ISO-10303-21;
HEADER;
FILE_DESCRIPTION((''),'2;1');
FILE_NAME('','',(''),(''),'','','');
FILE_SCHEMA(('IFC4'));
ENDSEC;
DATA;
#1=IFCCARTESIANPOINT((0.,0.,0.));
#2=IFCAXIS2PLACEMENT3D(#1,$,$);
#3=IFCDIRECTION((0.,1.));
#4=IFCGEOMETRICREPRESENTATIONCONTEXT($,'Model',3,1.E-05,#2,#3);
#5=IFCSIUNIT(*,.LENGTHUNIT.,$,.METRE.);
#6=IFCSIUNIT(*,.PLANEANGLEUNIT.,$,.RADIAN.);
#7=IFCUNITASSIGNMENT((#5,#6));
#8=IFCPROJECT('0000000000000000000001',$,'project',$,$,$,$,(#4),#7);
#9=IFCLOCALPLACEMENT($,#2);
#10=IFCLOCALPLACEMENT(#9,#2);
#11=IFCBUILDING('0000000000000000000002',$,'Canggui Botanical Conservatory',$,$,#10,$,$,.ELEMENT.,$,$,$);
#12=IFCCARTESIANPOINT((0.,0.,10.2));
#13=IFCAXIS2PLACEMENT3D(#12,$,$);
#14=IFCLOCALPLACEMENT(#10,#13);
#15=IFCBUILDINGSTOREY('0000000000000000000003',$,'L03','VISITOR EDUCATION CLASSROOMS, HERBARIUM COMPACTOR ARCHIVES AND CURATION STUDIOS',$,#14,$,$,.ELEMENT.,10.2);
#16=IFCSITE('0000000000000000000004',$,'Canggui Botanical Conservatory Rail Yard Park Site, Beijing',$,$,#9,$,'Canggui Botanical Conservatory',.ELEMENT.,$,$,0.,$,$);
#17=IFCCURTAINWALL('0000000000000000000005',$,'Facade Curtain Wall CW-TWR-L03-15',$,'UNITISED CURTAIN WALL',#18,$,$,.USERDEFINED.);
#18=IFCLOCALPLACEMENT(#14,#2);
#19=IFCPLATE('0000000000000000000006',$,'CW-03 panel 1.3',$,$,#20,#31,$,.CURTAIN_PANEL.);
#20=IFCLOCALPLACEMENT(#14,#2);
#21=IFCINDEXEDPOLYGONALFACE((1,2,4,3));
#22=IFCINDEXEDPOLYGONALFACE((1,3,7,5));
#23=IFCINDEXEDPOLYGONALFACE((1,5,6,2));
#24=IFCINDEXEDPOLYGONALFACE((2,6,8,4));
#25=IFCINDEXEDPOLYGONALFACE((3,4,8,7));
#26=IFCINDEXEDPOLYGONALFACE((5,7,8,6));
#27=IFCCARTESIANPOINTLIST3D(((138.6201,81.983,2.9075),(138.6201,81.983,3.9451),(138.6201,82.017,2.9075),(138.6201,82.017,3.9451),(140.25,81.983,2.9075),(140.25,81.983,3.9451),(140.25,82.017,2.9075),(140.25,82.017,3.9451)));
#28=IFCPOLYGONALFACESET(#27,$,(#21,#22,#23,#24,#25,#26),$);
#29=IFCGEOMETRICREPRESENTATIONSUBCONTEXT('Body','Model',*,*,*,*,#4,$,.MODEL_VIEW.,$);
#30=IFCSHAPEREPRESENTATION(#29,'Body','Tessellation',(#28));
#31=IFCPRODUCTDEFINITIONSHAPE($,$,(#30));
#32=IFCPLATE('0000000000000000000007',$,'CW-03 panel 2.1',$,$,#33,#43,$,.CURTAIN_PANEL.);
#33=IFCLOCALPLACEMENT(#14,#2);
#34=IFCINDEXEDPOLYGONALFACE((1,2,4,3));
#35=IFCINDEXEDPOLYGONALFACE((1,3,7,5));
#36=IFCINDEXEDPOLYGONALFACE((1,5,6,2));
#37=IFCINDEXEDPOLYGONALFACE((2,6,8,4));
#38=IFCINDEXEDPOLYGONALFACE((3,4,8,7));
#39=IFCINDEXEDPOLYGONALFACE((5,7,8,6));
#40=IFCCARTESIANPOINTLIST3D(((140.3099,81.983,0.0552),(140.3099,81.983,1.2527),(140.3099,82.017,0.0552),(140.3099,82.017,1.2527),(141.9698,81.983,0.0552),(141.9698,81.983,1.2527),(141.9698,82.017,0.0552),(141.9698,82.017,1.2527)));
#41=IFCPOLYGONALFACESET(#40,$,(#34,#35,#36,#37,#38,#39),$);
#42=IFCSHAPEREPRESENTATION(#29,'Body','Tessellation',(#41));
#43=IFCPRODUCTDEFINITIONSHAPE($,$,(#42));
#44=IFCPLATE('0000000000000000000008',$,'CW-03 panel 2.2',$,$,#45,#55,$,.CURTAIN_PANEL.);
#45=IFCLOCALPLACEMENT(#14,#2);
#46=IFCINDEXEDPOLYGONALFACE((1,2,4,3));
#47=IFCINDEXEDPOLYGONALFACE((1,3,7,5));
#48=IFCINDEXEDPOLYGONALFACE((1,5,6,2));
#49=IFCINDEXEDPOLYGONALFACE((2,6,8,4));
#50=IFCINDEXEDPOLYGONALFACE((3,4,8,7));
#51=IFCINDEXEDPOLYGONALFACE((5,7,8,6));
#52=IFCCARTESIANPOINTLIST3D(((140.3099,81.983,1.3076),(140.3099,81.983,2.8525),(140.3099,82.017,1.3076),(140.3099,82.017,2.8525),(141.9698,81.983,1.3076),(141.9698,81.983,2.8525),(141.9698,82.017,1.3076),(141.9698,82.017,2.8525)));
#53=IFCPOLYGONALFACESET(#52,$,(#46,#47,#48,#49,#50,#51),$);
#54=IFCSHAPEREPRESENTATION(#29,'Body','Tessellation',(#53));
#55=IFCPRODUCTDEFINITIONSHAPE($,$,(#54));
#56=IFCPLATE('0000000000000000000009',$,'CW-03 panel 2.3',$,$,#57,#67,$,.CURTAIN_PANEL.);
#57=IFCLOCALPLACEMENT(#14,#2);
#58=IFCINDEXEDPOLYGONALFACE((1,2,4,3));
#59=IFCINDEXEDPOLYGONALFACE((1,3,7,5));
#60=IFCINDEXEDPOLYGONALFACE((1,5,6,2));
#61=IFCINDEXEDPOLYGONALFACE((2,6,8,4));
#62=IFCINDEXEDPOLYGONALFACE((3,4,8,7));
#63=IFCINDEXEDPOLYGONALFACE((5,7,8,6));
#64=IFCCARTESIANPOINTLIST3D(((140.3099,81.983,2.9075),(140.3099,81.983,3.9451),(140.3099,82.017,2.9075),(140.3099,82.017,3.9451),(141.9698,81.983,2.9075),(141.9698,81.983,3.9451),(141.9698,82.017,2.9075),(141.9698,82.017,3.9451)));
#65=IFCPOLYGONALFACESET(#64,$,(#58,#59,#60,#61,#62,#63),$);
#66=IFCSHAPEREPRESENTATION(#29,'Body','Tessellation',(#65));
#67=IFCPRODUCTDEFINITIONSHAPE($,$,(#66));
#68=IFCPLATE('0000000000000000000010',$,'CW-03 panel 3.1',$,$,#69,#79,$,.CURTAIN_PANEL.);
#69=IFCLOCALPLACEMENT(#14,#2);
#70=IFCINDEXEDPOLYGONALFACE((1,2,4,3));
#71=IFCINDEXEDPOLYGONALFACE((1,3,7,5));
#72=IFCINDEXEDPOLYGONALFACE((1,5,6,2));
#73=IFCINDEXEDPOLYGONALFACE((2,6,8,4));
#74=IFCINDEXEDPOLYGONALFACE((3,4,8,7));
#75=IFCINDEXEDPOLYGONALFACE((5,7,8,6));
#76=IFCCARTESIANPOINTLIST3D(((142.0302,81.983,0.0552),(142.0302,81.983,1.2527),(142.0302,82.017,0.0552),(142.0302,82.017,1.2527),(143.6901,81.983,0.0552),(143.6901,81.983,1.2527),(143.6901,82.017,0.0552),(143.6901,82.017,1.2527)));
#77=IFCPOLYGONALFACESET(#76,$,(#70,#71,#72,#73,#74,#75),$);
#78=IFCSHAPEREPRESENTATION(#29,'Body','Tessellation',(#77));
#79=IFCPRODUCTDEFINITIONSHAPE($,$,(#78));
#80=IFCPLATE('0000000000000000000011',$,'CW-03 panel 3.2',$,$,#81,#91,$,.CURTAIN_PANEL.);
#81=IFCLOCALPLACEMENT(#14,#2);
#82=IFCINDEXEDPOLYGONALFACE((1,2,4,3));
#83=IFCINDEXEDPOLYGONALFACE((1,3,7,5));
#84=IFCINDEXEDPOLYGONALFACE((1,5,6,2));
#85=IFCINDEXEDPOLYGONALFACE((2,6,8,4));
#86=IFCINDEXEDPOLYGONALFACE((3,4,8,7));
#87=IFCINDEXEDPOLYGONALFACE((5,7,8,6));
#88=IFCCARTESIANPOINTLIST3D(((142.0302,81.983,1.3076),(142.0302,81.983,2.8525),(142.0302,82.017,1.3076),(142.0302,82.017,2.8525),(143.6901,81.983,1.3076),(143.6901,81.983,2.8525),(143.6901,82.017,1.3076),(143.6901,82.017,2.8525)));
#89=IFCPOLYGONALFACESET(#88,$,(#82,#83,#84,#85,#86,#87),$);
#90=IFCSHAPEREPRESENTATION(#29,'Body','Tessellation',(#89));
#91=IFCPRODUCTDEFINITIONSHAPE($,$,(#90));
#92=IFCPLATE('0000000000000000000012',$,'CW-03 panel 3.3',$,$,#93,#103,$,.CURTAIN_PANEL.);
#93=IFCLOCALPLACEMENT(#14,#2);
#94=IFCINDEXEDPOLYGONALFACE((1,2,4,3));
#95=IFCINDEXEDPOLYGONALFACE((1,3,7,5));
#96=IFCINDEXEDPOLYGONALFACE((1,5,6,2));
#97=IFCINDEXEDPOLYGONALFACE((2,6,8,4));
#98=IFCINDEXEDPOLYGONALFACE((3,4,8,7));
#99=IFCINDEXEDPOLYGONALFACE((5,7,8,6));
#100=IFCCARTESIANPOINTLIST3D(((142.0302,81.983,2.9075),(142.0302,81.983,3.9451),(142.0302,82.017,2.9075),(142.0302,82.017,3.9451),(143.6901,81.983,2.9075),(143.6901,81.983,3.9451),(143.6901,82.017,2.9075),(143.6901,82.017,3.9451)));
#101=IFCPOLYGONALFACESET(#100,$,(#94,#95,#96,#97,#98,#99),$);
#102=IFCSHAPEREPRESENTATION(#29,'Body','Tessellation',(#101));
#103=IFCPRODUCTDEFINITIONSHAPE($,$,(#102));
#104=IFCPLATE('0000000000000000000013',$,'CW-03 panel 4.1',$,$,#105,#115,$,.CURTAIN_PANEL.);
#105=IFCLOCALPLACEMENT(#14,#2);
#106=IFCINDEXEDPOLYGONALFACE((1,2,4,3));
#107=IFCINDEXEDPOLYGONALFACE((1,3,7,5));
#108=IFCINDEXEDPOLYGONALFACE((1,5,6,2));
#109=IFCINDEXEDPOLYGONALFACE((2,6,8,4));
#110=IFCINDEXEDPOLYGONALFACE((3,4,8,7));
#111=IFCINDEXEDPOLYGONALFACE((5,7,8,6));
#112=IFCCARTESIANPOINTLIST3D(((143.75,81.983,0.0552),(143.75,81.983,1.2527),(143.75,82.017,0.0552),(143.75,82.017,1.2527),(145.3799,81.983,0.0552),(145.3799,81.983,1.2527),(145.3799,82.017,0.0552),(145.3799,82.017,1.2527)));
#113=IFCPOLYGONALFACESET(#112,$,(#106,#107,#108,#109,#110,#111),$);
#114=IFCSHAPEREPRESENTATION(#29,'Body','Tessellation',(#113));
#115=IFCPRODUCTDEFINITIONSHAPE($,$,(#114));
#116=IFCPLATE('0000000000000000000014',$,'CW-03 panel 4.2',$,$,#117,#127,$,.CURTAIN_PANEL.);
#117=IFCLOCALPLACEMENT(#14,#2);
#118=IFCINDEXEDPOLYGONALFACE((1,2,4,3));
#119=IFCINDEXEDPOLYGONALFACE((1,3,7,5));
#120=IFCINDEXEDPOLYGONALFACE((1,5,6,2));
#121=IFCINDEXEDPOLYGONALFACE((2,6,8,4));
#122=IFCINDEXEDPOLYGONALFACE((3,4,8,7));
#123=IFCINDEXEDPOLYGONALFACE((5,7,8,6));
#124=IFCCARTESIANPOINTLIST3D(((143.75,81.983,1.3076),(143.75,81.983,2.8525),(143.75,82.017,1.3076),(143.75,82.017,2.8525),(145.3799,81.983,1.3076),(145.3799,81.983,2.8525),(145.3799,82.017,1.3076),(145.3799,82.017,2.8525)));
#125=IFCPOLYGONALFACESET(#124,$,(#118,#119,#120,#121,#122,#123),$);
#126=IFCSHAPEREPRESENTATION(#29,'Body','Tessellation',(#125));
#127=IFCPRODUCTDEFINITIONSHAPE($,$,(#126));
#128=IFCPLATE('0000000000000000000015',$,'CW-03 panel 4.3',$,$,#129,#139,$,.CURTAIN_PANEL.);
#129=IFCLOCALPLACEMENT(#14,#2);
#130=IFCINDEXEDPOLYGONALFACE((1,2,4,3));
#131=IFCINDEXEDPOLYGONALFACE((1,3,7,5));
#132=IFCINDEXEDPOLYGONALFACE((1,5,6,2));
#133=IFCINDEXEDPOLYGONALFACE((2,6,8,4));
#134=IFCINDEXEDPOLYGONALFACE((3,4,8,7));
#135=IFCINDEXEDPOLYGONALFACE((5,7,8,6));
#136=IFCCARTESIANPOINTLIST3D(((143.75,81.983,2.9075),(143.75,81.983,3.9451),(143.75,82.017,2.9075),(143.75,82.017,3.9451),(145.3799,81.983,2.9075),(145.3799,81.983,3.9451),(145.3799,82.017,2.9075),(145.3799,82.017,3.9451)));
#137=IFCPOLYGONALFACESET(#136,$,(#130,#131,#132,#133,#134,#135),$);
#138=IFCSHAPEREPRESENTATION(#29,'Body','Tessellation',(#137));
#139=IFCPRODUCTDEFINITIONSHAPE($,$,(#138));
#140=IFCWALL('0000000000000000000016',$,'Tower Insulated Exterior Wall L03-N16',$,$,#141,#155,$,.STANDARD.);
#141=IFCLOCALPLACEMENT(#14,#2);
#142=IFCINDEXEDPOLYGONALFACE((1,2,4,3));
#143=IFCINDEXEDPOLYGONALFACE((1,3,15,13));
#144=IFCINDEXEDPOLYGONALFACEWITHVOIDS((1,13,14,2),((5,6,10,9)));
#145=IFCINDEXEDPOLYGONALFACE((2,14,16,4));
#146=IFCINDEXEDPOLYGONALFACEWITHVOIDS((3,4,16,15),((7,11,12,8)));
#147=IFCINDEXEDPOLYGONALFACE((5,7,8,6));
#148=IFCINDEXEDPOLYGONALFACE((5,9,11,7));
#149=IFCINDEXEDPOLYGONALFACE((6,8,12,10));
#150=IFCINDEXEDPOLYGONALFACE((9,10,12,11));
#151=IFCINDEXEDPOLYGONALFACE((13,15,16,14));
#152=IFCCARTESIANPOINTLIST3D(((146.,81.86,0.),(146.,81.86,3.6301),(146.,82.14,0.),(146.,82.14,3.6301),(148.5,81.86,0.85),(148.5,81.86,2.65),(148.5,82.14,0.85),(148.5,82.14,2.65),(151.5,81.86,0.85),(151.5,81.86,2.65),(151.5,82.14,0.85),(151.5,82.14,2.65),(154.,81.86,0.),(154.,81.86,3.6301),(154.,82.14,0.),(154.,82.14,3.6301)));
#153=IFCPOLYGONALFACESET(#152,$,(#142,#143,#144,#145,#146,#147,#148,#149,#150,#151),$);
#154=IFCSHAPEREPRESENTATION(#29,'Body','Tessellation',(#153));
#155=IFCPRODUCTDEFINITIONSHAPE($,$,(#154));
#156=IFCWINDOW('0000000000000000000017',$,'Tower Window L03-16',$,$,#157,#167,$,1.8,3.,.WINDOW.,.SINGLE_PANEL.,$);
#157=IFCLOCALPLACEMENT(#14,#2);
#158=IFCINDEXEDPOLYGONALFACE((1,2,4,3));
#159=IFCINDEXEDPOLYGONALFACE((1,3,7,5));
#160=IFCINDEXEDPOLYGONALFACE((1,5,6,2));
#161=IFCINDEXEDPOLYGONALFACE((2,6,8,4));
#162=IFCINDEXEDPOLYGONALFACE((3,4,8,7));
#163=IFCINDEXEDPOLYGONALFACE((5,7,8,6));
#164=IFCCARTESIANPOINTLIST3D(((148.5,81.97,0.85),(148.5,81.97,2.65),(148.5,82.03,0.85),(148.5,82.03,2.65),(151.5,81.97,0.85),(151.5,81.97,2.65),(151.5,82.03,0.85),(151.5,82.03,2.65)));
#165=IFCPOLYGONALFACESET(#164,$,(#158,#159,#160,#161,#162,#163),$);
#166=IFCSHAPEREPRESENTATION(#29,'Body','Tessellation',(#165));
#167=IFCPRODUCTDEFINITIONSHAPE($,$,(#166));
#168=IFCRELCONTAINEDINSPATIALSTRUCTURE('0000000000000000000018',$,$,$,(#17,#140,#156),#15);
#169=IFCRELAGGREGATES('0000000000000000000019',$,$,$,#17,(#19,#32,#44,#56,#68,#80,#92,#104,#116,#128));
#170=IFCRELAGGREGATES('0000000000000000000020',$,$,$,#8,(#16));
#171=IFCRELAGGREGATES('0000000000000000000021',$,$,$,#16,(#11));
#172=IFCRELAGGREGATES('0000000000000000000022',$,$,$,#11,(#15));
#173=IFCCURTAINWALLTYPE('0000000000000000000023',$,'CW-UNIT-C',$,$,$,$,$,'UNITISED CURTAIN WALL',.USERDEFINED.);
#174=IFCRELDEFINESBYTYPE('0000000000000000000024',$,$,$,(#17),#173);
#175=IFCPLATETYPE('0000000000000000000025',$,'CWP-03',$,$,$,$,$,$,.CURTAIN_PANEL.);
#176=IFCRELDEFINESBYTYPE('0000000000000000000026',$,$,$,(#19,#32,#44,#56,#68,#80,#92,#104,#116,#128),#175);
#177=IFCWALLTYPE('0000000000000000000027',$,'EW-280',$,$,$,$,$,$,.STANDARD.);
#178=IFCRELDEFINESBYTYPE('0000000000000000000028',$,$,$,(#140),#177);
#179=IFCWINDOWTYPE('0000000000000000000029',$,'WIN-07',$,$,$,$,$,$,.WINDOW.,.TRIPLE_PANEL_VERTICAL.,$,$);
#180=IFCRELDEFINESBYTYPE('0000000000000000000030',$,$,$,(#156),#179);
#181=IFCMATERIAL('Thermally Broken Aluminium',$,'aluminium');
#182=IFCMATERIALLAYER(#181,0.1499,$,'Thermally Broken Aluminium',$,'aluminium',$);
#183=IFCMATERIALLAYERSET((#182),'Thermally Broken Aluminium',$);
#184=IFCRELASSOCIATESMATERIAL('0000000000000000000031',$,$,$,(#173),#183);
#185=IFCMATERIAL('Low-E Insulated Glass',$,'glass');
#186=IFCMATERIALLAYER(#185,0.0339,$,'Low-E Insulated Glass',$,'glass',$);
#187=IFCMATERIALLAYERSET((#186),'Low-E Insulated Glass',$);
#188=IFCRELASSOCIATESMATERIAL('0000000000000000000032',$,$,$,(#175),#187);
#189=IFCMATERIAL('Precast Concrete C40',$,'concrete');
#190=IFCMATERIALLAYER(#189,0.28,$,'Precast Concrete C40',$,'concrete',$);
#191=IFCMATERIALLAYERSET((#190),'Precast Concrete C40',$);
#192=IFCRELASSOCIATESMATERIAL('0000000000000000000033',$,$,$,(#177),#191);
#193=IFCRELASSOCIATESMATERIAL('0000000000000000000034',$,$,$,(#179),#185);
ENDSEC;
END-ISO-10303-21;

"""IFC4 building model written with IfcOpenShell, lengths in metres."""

from ifc_helpers import new_model, si_unit, direction, frame, frame_2d, origin, origin_2d, place, context, subcontext, project, spatial, rectangle, extrude, material, layer, layer_set, type_object, element, fill, aggregate, save


model = new_model("IFC4")

# Units and contexts
model_context = context("Model", 3, precision=1e-05, world=origin(), true_north=direction((0.0, 1.0)))
body_context = subcontext(model_context, "Body", "Model", "MODEL_VIEW")
ifc_project = project(units=[si_unit("LENGTHUNIT", "METRE"), si_unit("PLANEANGLEUNIT", "RADIAN")], contexts=[model_context])

# Site, building, storey
site_placement = place(None, origin())
site = spatial("IfcSite", under=ifc_project, at=site_placement, Name="Canggui Botanical Conservatory Rail Yard Park Site, Beijing", LongName="Canggui Botanical Conservatory", CompositionType="ELEMENT", RefElevation=0.0)
building_placement = place(site_placement, origin())
building = spatial("IfcBuilding", under=site, at=building_placement, Name="Canggui Botanical Conservatory", CompositionType="ELEMENT")
storey_placement = place(building_placement, frame((0.0, 0.0, 10.2)))
storey = spatial("IfcBuildingStorey", under=building, at=storey_placement, Name="L03", Description="VISITOR EDUCATION CLASSROOMS, HERBARIUM COMPACTOR ARCHIVES AND CURATION STUDIOS", CompositionType="ELEMENT", Elevation=10.2)

# Curtain wall, plates
ifc_material_1 = material(Name="Thermally Broken Aluminium", Category="aluminium")
ifc_layer_1 = layer(ifc_material_1, 0.1499, Name="Thermally Broken Aluminium", Category="aluminium")
ifc_layer_set_1 = layer_set([ifc_layer_1], Name="Thermally Broken Aluminium")
curtain_wall_type = type_object("IfcCurtainWallType", Name="CW-UNIT-C", ElementType="UNITISED CURTAIN WALL", PredefinedType="USERDEFINED", material=ifc_layer_set_1)
curtain_wall_placement = place(storey_placement, origin())
curtain_wall = element("IfcCurtainWall", 1, at=curtain_wall_placement, inside=storey, type_object=curtain_wall_type, Name="Facade Curtain Wall CW-TWR-L03-15", ObjectType="UNITISED CURTAIN WALL", PredefinedType="USERDEFINED")
ifc_material_2 = material(Name="Low-E Insulated Glass", Category="glass")
ifc_layer_2 = layer(ifc_material_2, 0.0339, Name="Low-E Insulated Glass", Category="glass")
ifc_layer_set_2 = layer_set([ifc_layer_2], Name="Low-E Insulated Glass")
plate_type = type_object("IfcPlateType", Name="CWP-03", PredefinedType="CURTAIN_PANEL", material=ifc_layer_set_2)
plate_1_placement = place(storey_placement, frame((139.4351, 82.0, 2.9075), z_axis=(0.0, 0.0, 1.0), x_axis=(1.0, 0.0, 0.0)))
plate_1 = element("IfcPlate", 2, at=plate_1_placement, type_object=plate_type, Name="CW-03 panel 1.3", PredefinedType="CURTAIN_PANEL", context=body_context, shape_type="SweptSolid", body=[
    extrude(rectangle(XDim=1.6299, YDim=0.0339, at=origin_2d()), origin(), (0.0, 0.0, 1.0), 1.0376),
])
plate_2_placement = place(storey_placement, frame((141.1399, 82.0, 0.0552), z_axis=(0.0, 0.0, 1.0), x_axis=(1.0, 0.0, 0.0)))
plate_2 = element("IfcPlate", 3, at=plate_2_placement, type_object=plate_type, Name="CW-03 panel 2.1", PredefinedType="CURTAIN_PANEL", context=body_context, shape_type="SweptSolid", body=[
    extrude(rectangle(XDim=1.6599, YDim=0.0339, at=origin_2d()), origin(), (0.0, 0.0, 1.0), 1.1975),
])
plate_3_placement = place(storey_placement, frame((141.1399, 82.0, 1.3076), z_axis=(0.0, 0.0, 1.0), x_axis=(1.0, 0.0, 0.0)))
plate_3 = element("IfcPlate", 4, at=plate_3_placement, type_object=plate_type, Name="CW-03 panel 2.2", PredefinedType="CURTAIN_PANEL", context=body_context, shape_type="SweptSolid", body=[
    extrude(rectangle(XDim=1.6599, YDim=0.0339, at=origin_2d()), origin(), (0.0, 0.0, 1.0), 1.5449),
])
plate_4_placement = place(storey_placement, frame((141.1399, 82.0, 2.9075), z_axis=(0.0, 0.0, 1.0), x_axis=(1.0, 0.0, 0.0)))
plate_4 = element("IfcPlate", 5, at=plate_4_placement, type_object=plate_type, Name="CW-03 panel 2.3", PredefinedType="CURTAIN_PANEL", context=body_context, shape_type="SweptSolid", body=[
    extrude(rectangle(XDim=1.6599, YDim=0.0339, at=origin_2d()), origin(), (0.0, 0.0, 1.0), 1.0376),
])
plate_5_placement = place(storey_placement, frame((142.8601, 82.0, 0.0552), z_axis=(0.0, 0.0, 1.0), x_axis=(1.0, 0.0, 0.0)))
plate_5 = element("IfcPlate", 6, at=plate_5_placement, type_object=plate_type, Name="CW-03 panel 3.1", PredefinedType="CURTAIN_PANEL", context=body_context, shape_type="SweptSolid", body=[
    extrude(rectangle(XDim=1.6599, YDim=0.0339, at=origin_2d()), origin(), (0.0, 0.0, 1.0), 1.1975),
])
plate_6_placement = place(storey_placement, frame((142.8601, 82.0, 1.3076), z_axis=(0.0, 0.0, 1.0), x_axis=(1.0, 0.0, 0.0)))
plate_6 = element("IfcPlate", 7, at=plate_6_placement, type_object=plate_type, Name="CW-03 panel 3.2", PredefinedType="CURTAIN_PANEL", context=body_context, shape_type="SweptSolid", body=[
    extrude(rectangle(XDim=1.6599, YDim=0.0339, at=origin_2d()), origin(), (0.0, 0.0, 1.0), 1.5449),
])
plate_7_placement = place(storey_placement, frame((142.8601, 82.0, 2.9075), z_axis=(0.0, 0.0, 1.0), x_axis=(1.0, 0.0, 0.0)))
plate_7 = element("IfcPlate", 8, at=plate_7_placement, type_object=plate_type, Name="CW-03 panel 3.3", PredefinedType="CURTAIN_PANEL", context=body_context, shape_type="SweptSolid", body=[
    extrude(rectangle(XDim=1.6599, YDim=0.0339, at=origin_2d()), origin(), (0.0, 0.0, 1.0), 1.0376),
])
plate_8_placement = place(storey_placement, frame((144.5649, 82.0, 0.0552), z_axis=(0.0, 0.0, 1.0), x_axis=(1.0, 0.0, 0.0)))
plate_8 = element("IfcPlate", 9, at=plate_8_placement, type_object=plate_type, Name="CW-03 panel 4.1", PredefinedType="CURTAIN_PANEL", context=body_context, shape_type="SweptSolid", body=[
    extrude(rectangle(XDim=1.6299, YDim=0.0339, at=origin_2d()), origin(), (0.0, 0.0, 1.0), 1.1975),
])
plate_9_placement = place(storey_placement, frame((144.5649, 82.0, 1.3076), z_axis=(0.0, 0.0, 1.0), x_axis=(1.0, 0.0, 0.0)))
plate_9 = element("IfcPlate", 10, at=plate_9_placement, type_object=plate_type, Name="CW-03 panel 4.2", PredefinedType="CURTAIN_PANEL", context=body_context, shape_type="SweptSolid", body=[
    extrude(rectangle(XDim=1.6299, YDim=0.0339, at=origin_2d()), origin(), (0.0, 0.0, 1.0), 1.5449),
])
plate_10_placement = place(storey_placement, frame((144.5649, 82.0, 2.9075), z_axis=(0.0, 0.0, 1.0), x_axis=(1.0, 0.0, 0.0)))
plate_10 = element("IfcPlate", 11, at=plate_10_placement, type_object=plate_type, Name="CW-03 panel 4.3", PredefinedType="CURTAIN_PANEL", context=body_context, shape_type="SweptSolid", body=[
    extrude(rectangle(XDim=1.6299, YDim=0.0339, at=origin_2d()), origin(), (0.0, 0.0, 1.0), 1.0376),
])
aggregate(curtain_wall, [plate_1, plate_2, plate_3, plate_4, plate_5, plate_6, plate_7, plate_8, plate_9, plate_10])

# Wall, opening, window
ifc_material_3 = material(Name="Precast Concrete C40", Category="concrete")
ifc_layer_3 = layer(ifc_material_3, 0.28, Name="Precast Concrete C40", Category="concrete")
ifc_layer_set_3 = layer_set([ifc_layer_3], Name="Precast Concrete C40")
wall_type = type_object("IfcWallType", Name="EW-280", PredefinedType="STANDARD", material=ifc_layer_set_3)
wall_placement = place(storey_placement, frame((146.0, 82.0, 0.0), z_axis=(0.0, 0.0, 1.0), x_axis=(1.0, 0.0, 0.0)))
wall = element("IfcWall", 12, at=wall_placement, inside=storey, type_object=wall_type, Name="Tower Insulated Exterior Wall L03-N16", PredefinedType="STANDARD", context=body_context, shape_type="SweptSolid", body=[
    extrude(rectangle(XDim=8.0, YDim=0.28, at=frame_2d((4.0, 0.0))), origin(), (0.0, 0.0, 1.0), 3.6301),
])
opening_placement = place(wall_placement, frame((2.5, 0.0, 0.8501)))
opening = element("IfcOpeningElement", 13, at=opening_placement, cuts=wall, PredefinedType="OPENING", context=body_context, shape_type="SweptSolid", body=[
    extrude(rectangle(XDim=3.0, YDim=1.8, at=frame_2d((1.5, 0.8999))), frame((0.0, 0.1499, 0.0), z_axis=(0.0, -1.0, 0.0), x_axis=(1.0, 0.0, 0.0)), (0.0, 0.0, 1.0), 0.3),
])
window_type = type_object("IfcWindowType", Name="WIN-07", PartitioningType="TRIPLE_PANEL_VERTICAL", PredefinedType="WINDOW", material=ifc_material_2)
window_placement = place(opening_placement, origin())
window = element("IfcWindow", 14, at=window_placement, inside=storey, type_object=window_type, Name="Tower Window L03-16", OverallHeight=1.8, OverallWidth=3.0, PartitioningType="SINGLE_PANEL", PredefinedType="WINDOW", context=body_context, shape_type="SweptSolid", body=[
    extrude(rectangle(XDim=3.0, YDim=1.8, at=frame_2d((1.5, 0.8999))), frame((0.0, 0.03, 0.0), z_axis=(0.0, -1.0, 0.0), x_axis=(1.0, 0.0, 0.0)), (0.0, 0.0, 1.0), 0.0601),
])
fill(opening, window)

save(model, "model.ifc")
